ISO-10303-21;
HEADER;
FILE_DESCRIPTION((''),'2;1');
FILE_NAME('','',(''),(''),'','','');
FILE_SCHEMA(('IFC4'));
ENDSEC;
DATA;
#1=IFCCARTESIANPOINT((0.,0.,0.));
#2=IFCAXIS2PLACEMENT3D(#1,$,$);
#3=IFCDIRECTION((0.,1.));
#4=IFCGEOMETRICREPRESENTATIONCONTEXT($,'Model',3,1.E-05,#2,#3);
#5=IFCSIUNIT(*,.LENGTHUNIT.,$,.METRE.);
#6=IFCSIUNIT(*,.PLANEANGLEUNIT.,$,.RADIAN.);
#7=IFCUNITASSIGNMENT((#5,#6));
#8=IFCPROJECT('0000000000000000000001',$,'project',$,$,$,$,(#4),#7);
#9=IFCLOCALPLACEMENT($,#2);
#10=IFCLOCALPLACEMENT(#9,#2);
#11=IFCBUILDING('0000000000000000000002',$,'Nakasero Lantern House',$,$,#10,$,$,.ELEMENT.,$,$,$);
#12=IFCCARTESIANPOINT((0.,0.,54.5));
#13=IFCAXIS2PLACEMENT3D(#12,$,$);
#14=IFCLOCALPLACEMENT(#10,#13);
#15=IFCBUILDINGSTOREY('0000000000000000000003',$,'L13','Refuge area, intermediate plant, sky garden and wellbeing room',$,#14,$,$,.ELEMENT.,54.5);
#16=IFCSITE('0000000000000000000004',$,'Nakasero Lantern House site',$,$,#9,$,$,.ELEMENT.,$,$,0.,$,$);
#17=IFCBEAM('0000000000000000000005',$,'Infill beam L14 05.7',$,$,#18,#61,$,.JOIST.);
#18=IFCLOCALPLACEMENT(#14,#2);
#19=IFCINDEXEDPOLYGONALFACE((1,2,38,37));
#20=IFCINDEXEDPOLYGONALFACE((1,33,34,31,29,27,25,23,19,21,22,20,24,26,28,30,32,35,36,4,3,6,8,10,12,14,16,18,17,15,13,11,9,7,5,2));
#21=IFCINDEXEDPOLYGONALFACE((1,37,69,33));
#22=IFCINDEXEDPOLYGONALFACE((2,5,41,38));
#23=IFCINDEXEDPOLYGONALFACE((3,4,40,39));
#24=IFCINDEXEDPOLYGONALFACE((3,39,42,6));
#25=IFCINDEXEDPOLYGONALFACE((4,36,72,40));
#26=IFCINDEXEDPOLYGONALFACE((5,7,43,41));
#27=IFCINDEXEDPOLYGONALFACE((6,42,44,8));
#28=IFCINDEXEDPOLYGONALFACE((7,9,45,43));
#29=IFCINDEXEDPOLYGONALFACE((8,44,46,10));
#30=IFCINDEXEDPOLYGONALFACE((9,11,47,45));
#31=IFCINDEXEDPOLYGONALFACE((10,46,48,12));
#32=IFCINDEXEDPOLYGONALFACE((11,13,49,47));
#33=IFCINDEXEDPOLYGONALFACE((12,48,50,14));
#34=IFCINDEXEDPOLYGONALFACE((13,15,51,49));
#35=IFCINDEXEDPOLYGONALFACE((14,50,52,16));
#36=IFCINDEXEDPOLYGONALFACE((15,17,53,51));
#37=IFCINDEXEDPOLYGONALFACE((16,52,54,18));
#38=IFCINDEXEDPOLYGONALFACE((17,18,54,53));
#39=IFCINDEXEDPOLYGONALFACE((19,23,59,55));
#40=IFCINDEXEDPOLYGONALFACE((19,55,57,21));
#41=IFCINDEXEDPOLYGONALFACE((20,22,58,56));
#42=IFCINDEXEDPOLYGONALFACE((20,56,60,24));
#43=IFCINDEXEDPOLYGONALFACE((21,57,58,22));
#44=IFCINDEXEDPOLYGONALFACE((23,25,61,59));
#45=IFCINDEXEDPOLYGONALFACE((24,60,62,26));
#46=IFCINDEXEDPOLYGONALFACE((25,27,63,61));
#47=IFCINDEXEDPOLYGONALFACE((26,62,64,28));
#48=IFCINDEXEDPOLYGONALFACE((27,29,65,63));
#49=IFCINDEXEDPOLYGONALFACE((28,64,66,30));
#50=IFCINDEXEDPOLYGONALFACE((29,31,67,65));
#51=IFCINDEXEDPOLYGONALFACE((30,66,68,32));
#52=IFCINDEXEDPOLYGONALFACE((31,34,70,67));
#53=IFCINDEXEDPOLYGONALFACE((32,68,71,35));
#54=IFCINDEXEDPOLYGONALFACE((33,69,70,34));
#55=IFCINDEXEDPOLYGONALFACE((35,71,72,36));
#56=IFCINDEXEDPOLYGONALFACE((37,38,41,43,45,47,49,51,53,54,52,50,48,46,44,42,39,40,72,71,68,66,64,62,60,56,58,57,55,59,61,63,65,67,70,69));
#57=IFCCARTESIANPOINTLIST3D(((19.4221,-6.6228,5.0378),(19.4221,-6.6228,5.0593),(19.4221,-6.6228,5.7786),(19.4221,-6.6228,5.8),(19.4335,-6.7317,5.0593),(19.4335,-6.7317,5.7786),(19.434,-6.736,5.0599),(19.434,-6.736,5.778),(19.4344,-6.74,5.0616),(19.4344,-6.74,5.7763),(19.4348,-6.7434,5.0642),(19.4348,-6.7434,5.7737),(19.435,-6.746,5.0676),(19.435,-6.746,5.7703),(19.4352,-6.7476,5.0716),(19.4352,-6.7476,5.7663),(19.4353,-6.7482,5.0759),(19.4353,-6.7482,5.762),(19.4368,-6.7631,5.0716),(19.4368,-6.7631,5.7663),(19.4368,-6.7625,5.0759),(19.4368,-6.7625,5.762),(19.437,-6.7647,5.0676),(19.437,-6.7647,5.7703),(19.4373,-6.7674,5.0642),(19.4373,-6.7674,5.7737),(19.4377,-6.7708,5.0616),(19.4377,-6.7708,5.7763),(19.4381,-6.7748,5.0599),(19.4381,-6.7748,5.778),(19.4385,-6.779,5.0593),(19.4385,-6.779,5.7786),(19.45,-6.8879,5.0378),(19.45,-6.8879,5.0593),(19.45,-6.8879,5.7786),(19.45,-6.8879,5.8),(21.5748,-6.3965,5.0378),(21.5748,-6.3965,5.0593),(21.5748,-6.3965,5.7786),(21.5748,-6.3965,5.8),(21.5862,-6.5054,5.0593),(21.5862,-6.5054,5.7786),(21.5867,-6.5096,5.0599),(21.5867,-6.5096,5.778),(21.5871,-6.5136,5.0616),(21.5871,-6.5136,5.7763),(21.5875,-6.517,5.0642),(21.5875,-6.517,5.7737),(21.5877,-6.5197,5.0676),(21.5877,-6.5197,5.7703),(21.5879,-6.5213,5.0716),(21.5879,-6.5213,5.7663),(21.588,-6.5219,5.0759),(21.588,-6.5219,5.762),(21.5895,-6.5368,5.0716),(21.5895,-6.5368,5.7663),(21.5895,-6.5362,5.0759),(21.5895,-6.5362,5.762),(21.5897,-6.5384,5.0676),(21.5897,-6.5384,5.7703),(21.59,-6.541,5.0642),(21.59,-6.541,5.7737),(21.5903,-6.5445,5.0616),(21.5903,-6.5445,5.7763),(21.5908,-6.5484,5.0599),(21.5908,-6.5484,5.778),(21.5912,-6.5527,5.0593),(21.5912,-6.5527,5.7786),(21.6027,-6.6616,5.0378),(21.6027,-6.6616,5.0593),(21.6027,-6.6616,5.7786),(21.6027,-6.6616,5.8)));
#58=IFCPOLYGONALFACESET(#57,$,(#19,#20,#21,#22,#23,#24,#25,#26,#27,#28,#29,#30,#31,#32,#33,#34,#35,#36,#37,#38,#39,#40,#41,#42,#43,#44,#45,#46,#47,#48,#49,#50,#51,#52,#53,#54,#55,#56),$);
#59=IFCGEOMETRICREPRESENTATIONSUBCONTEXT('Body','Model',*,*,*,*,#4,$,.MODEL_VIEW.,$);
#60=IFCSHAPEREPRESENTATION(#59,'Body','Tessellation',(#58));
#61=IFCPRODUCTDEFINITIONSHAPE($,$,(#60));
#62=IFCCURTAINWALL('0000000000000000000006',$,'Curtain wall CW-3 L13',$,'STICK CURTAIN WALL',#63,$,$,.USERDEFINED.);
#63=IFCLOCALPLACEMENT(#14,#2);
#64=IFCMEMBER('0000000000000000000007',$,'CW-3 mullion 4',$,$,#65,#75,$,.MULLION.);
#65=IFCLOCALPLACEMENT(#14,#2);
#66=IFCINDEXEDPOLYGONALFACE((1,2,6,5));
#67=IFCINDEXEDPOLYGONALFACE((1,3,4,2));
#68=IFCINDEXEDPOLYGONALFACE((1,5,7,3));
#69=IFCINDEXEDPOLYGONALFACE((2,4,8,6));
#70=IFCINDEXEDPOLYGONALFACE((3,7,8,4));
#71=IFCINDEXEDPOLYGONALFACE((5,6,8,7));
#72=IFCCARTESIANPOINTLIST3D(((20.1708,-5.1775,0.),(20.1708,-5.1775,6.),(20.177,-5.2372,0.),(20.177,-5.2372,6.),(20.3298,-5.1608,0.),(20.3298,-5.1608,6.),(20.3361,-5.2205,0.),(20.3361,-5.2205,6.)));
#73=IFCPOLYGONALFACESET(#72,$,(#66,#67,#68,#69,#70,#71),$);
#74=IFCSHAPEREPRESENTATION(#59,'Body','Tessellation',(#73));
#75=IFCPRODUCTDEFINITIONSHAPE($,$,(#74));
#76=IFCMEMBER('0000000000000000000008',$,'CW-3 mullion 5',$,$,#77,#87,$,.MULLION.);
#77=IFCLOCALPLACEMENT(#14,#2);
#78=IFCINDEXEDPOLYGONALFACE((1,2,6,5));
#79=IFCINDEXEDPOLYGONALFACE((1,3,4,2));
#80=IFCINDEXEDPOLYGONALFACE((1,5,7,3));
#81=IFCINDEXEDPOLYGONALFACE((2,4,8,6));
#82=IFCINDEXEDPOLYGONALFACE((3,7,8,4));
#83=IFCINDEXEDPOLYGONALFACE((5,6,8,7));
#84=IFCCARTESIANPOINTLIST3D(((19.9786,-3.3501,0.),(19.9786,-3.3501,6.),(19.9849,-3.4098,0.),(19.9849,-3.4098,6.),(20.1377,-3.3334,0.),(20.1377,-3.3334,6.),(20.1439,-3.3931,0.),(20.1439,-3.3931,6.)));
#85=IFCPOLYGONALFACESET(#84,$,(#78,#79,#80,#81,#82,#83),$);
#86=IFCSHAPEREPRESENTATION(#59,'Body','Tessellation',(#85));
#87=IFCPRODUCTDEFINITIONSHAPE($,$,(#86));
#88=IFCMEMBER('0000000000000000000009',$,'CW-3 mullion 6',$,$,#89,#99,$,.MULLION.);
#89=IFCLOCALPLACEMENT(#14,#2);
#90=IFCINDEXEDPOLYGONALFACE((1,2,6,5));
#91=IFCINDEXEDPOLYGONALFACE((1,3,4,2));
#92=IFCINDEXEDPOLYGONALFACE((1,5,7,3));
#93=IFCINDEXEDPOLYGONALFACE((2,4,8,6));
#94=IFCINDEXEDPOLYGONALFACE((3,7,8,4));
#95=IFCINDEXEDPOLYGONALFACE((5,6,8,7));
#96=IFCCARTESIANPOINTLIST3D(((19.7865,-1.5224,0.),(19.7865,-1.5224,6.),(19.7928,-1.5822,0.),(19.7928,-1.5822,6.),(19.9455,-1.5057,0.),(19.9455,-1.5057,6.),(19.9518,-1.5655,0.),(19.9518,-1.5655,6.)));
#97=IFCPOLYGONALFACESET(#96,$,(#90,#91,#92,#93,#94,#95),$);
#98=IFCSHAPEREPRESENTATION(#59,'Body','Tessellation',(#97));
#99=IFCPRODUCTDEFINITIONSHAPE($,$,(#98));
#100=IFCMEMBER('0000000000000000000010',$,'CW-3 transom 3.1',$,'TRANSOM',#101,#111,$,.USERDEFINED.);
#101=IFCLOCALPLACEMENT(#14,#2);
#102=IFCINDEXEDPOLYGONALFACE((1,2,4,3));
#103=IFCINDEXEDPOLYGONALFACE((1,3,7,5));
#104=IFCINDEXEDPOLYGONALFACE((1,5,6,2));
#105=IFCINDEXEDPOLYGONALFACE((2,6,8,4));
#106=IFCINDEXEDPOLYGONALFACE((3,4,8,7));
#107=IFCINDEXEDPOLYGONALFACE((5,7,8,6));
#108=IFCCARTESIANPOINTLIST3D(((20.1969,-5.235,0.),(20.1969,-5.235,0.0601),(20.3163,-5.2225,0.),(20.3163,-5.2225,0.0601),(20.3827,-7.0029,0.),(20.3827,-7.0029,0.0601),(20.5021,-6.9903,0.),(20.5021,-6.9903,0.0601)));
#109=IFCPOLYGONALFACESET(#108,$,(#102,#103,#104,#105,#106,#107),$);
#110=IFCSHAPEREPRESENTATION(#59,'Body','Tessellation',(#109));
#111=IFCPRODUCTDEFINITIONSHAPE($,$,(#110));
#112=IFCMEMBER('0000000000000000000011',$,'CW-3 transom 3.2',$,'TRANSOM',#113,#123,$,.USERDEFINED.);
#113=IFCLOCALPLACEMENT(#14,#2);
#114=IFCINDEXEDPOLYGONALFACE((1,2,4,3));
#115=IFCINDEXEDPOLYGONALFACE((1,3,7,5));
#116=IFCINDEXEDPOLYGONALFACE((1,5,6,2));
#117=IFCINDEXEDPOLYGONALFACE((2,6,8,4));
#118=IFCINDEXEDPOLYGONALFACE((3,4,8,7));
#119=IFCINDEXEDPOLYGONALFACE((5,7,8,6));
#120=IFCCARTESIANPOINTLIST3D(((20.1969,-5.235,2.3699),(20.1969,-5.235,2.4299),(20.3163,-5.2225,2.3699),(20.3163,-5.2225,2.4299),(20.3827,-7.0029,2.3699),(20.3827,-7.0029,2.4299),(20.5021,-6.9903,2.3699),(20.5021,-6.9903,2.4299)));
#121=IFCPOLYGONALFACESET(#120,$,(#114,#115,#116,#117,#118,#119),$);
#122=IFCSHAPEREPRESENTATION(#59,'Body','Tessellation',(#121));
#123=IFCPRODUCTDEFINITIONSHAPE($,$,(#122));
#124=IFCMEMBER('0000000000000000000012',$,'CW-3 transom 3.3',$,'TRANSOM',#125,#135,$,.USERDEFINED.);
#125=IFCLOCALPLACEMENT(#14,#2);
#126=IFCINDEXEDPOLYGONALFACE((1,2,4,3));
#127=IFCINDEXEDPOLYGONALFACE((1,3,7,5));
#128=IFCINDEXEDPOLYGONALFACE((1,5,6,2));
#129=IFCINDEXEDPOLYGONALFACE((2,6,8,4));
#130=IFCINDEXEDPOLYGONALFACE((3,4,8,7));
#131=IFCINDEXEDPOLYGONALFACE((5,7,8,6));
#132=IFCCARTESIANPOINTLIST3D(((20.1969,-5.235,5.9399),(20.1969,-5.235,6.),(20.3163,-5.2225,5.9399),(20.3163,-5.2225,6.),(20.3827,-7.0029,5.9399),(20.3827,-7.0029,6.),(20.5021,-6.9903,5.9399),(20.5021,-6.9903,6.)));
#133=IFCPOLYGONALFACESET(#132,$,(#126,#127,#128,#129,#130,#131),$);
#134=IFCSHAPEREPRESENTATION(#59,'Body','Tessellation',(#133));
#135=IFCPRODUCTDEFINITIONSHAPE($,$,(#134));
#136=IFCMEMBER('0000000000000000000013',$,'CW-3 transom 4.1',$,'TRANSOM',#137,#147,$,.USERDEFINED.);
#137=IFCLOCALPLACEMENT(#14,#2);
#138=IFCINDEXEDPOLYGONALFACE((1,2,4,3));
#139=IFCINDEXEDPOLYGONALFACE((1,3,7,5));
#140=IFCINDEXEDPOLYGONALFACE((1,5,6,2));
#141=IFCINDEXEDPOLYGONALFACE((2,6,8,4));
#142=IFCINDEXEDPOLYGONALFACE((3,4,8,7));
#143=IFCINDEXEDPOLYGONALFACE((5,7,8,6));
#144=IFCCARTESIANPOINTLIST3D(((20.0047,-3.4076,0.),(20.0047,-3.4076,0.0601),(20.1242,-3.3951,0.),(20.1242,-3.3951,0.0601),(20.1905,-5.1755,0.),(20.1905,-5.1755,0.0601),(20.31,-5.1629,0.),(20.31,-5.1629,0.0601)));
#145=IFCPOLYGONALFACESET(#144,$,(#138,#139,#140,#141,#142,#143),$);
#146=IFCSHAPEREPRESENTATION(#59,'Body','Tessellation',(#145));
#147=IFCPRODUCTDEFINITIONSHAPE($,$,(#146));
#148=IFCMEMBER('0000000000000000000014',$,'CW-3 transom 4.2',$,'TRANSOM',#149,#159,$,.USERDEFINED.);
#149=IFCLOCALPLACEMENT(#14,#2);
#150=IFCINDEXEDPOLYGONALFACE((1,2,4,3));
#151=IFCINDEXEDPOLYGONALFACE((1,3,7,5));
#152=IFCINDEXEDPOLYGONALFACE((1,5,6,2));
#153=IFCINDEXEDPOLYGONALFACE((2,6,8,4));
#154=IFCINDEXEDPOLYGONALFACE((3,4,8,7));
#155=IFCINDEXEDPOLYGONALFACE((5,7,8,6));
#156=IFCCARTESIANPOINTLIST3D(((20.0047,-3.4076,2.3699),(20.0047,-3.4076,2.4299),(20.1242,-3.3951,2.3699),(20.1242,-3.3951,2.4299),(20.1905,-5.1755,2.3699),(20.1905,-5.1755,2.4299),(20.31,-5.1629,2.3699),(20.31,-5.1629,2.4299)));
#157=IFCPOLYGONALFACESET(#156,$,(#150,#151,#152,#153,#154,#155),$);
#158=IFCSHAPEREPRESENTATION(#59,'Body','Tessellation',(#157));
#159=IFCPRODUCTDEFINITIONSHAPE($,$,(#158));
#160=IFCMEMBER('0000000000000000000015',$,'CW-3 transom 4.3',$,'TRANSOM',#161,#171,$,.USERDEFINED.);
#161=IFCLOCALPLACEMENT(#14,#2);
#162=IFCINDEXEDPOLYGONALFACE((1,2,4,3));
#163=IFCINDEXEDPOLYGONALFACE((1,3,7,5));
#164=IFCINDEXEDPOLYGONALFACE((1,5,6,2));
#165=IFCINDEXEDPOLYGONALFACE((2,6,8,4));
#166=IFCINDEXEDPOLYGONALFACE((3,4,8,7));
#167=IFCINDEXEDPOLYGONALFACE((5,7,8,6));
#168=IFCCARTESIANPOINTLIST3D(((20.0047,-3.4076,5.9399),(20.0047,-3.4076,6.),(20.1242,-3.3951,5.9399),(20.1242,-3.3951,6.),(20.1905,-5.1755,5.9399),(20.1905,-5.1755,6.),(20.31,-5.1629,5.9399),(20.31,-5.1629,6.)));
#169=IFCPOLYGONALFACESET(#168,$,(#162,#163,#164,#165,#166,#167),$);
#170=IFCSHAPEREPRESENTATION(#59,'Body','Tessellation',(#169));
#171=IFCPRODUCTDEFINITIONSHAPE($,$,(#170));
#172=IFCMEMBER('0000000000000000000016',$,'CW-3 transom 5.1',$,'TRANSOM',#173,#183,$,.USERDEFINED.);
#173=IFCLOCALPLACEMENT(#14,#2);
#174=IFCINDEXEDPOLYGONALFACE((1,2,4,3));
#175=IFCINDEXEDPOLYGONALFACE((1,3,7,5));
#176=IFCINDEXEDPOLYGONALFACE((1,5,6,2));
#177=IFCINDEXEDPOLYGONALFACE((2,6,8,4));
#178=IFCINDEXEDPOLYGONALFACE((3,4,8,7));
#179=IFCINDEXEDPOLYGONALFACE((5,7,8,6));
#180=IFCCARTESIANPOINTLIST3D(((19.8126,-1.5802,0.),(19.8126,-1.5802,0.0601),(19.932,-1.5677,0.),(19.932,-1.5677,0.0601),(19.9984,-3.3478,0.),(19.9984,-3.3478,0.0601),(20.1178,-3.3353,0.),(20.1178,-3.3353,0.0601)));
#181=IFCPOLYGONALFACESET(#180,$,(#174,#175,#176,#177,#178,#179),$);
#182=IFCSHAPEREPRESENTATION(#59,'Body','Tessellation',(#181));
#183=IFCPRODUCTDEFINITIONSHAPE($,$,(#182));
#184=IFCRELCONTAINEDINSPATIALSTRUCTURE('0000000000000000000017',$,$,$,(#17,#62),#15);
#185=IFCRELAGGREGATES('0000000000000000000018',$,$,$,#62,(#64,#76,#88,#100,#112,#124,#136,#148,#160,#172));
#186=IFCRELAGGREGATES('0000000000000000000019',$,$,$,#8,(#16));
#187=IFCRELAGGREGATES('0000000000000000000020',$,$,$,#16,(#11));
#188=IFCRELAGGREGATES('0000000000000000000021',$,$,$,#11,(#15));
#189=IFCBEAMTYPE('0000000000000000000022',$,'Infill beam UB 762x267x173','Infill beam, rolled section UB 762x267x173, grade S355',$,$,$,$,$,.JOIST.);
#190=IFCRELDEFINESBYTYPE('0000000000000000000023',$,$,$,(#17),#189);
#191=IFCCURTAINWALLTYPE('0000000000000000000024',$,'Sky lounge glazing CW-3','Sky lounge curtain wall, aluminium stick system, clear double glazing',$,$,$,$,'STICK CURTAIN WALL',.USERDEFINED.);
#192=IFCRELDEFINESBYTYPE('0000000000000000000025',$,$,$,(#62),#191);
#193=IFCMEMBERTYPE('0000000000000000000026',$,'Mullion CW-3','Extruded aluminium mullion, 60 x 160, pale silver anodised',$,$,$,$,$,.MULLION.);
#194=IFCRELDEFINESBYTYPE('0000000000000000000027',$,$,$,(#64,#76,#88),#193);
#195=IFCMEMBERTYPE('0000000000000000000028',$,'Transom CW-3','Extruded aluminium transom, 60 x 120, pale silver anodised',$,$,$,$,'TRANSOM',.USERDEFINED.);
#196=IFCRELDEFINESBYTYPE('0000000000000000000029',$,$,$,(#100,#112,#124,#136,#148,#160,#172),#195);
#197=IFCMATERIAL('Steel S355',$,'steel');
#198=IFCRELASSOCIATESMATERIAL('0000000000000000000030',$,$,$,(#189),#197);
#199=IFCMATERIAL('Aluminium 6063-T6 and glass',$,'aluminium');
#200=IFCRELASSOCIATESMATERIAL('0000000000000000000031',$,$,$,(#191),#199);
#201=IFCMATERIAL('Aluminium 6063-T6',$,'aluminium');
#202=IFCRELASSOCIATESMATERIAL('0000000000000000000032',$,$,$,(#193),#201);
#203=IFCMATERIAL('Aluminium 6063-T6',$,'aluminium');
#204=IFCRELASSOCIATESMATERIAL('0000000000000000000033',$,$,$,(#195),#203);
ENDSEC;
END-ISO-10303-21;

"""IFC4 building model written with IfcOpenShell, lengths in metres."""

from ifc_helpers import new_model, si_unit, direction, frame, origin, origin_2d, place, context, subcontext, project, spatial, rectangle, i_section, extrude, material, material_profile, profile_set, type_object, element, aggregate, save


model = new_model("IFC4")

# Units and contexts
model_context = context("Model", 3, precision=1e-05, world=origin(), true_north=direction((0.0, 1.0)))
body_context = subcontext(model_context, "Body", "Model", "MODEL_VIEW")
ifc_project = project(units=[si_unit("LENGTHUNIT", "METRE"), si_unit("PLANEANGLEUNIT", "RADIAN")], contexts=[model_context])

# Site, building, storey
site_placement = place(None, origin())
site = spatial("IfcSite", under=ifc_project, at=site_placement, Name="Nakasero Lantern House site", CompositionType="ELEMENT", RefElevation=0.0)
building_placement = place(site_placement, origin())
building = spatial("IfcBuilding", under=site, at=building_placement, Name="Nakasero Lantern House", CompositionType="ELEMENT")
storey_placement = place(building_placement, frame((0.0, 0.0, 54.5)))
storey = spatial("IfcBuildingStorey", under=building, at=storey_placement, Name="L13", Description="Refuge area, intermediate plant, sky garden and wellbeing room", CompositionType="ELEMENT", Elevation=54.5)

# Beam
ifc_material_1 = material(Name="Steel S355", Category="steel")
ifc_material_profile_1 = material_profile(ifc_material_1, i_section(OverallWidth=0.2666, OverallDepth=0.7622, WebThickness=0.0144, FlangeThickness=0.0215, FilletRadius=0.0166, at=origin_2d()), Name="UB 762x267x173")
ifc_profile_set_1 = profile_set([ifc_material_profile_1], Name="Steel S355")
beam_type = type_object("IfcBeamType", Name="Infill beam UB 762x267x173", Description="Infill beam, rolled section UB 762x267x173, grade S355", PredefinedType="JOIST", material=ifc_profile_set_1)
beam_placement = place(storey_placement, frame((19.436, -6.7554, 5.4189), z_axis=(0.994518, 0.104561, 0.0), x_axis=(-0.104561, 0.994518, 0.0)))
element("IfcBeam", 1, at=beam_placement, inside=storey, type_object=beam_type, Name="Infill beam L14 05.7", PredefinedType="JOIST", context=body_context, shape_type="SweptSolid", body=[
    extrude(i_section(OverallWidth=0.2666, OverallDepth=0.7622, WebThickness=0.0144, FlangeThickness=0.0215, FilletRadius=0.0166, at=origin_2d()), origin(), (0.0, 0.0, 1.0), 2.1646),
])

# Curtain wall, members
ifc_material_2 = material(Name="Aluminium 6063-T6 and glass", Category="aluminium")
curtain_wall_type = type_object("IfcCurtainWallType", Name="Sky lounge glazing CW-3", Description="Sky lounge curtain wall, aluminium stick system, clear double glazing", ElementType="STICK CURTAIN WALL", PredefinedType="USERDEFINED", material=ifc_material_2)
curtain_wall_placement = place(storey_placement, origin())
curtain_wall = element("IfcCurtainWall", 2, at=curtain_wall_placement, inside=storey, type_object=curtain_wall_type, Name="Curtain wall CW-3 L13", ObjectType="STICK CURTAIN WALL", PredefinedType="USERDEFINED")
ifc_material_3 = material(Name="Aluminium 6063-T6", Category="aluminium")
ifc_material_profile_2 = material_profile(ifc_material_3, rectangle(XDim=0.0601, YDim=0.1599, at=origin_2d()), Name="CW-3 mullion 60x160")
ifc_profile_set_2 = profile_set([ifc_material_profile_2], Name="Aluminium 6063-T6")
member_type_1 = type_object("IfcMemberType", Name="Mullion CW-3", Description="Extruded aluminium mullion, 60 x 160, pale silver anodised", PredefinedType="MULLION", material=ifc_profile_set_2)
member_1_placement = place(storey_placement, frame((20.2534, -5.199, 0.0), z_axis=(0.0, 0.0, 1.0), x_axis=(-0.104528, 0.994522, 0.0)))
member_1 = element("IfcMember", 3, at=member_1_placement, type_object=member_type_1, Name="CW-3 mullion 4", PredefinedType="MULLION", context=body_context, shape_type="SweptSolid", body=[
    extrude(rectangle(XDim=0.0601, YDim=0.1599, at=origin_2d()), origin(), (0.0, 0.0, 1.0), 6.0),
])
member_2_placement = place(storey_placement, frame((20.0613, -3.3716, 0.0), z_axis=(0.0, 0.0, 1.0), x_axis=(-0.104528, 0.994522, 0.0)))
member_2 = element("IfcMember", 4, at=member_2_placement, type_object=member_type_1, Name="CW-3 mullion 5", PredefinedType="MULLION", context=body_context, shape_type="SweptSolid", body=[
    extrude(rectangle(XDim=0.0601, YDim=0.1599, at=origin_2d()), origin(), (0.0, 0.0, 1.0), 6.0),
])
member_3_placement = place(storey_placement, frame((19.8691, -1.5439, 0.0), z_axis=(0.0, 0.0, 1.0), x_axis=(-0.104528, 0.994522, 0.0)))
member_3 = element("IfcMember", 5, at=member_3_placement, type_object=member_type_1, Name="CW-3 mullion 6", PredefinedType="MULLION", context=body_context, shape_type="SweptSolid", body=[
    extrude(rectangle(XDim=0.0601, YDim=0.1599, at=origin_2d()), origin(), (0.0, 0.0, 1.0), 6.0),
])
ifc_material_4 = material(Name="Aluminium 6063-T6", Category="aluminium")
ifc_material_profile_3 = material_profile(ifc_material_4, rectangle(XDim=0.0601, YDim=0.1201, at=origin_2d()), Name="CW-3 transom 60x120")
ifc_profile_set_3 = profile_set([ifc_material_profile_3], Name="Aluminium 6063-T6")
member_type_2 = type_object("IfcMemberType", Name="Transom CW-3", Description="Extruded aluminium transom, 60 x 120, pale silver anodised", ElementType="TRANSOM", PredefinedType="USERDEFINED", material=ifc_profile_set_3)
member_4_placement = place(storey_placement, frame((20.4424, -6.9966, 0.03), z_axis=(-0.10452, 0.994523, 0.0), x_axis=(0.0, 0.0, 1.0)))
member_4 = element("IfcMember", 6, at=member_4_placement, type_object=member_type_2, Name="CW-3 transom 3.1", ObjectType="TRANSOM", PredefinedType="USERDEFINED", context=body_context, shape_type="SweptSolid", body=[
    extrude(rectangle(XDim=0.0601, YDim=0.1201, at=origin_2d()), origin(), (0.0, 0.0, 1.0), 1.7776),
])
member_5_placement = place(storey_placement, frame((20.4424, -6.9966, 2.3999), z_axis=(-0.10452, 0.994523, 0.0), x_axis=(0.0, 0.0, 1.0)))
member_5 = element("IfcMember", 7, at=member_5_placement, type_object=member_type_2, Name="CW-3 transom 3.2", ObjectType="TRANSOM", PredefinedType="USERDEFINED", context=body_context, shape_type="SweptSolid", body=[
    extrude(rectangle(XDim=0.0601, YDim=0.1201, at=origin_2d()), origin(), (0.0, 0.0, 1.0), 1.7776),
])
member_6_placement = place(storey_placement, frame((20.4424, -6.9966, 5.97), z_axis=(-0.10452, 0.994523, 0.0), x_axis=(0.0, 0.0, 1.0)))
member_6 = element("IfcMember", 8, at=member_6_placement, type_object=member_type_2, Name="CW-3 transom 3.3", ObjectType="TRANSOM", PredefinedType="USERDEFINED", context=body_context, shape_type="SweptSolid", body=[
    extrude(rectangle(XDim=0.0601, YDim=0.1201, at=origin_2d()), origin(), (0.0, 0.0, 1.0), 1.7776),
])
member_7_placement = place(storey_placement, frame((20.2502, -5.1692, 0.03), z_axis=(-0.10452, 0.994523, 0.0), x_axis=(0.0, 0.0, 1.0)))
member_7 = element("IfcMember", 9, at=member_7_placement, type_object=member_type_2, Name="CW-3 transom 4.1", ObjectType="TRANSOM", PredefinedType="USERDEFINED", context=body_context, shape_type="SweptSolid", body=[
    extrude(rectangle(XDim=0.0601, YDim=0.1201, at=origin_2d()), origin(), (0.0, 0.0, 1.0), 1.7776),
])
member_8_placement = place(storey_placement, frame((20.2502, -5.1692, 2.3999), z_axis=(-0.10452, 0.994523, 0.0), x_axis=(0.0, 0.0, 1.0)))
member_8 = element("IfcMember", 10, at=member_8_placement, type_object=member_type_2, Name="CW-3 transom 4.2", ObjectType="TRANSOM", PredefinedType="USERDEFINED", context=body_context, shape_type="SweptSolid", body=[
    extrude(rectangle(XDim=0.0601, YDim=0.1201, at=origin_2d()), origin(), (0.0, 0.0, 1.0), 1.7776),
])
member_9_placement = place(storey_placement, frame((20.2502, -5.1692, 5.97), z_axis=(-0.10452, 0.994523, 0.0), x_axis=(0.0, 0.0, 1.0)))
member_9 = element("IfcMember", 11, at=member_9_placement, type_object=member_type_2, Name="CW-3 transom 4.3", ObjectType="TRANSOM", PredefinedType="USERDEFINED", context=body_context, shape_type="SweptSolid", body=[
    extrude(rectangle(XDim=0.0601, YDim=0.1201, at=origin_2d()), origin(), (0.0, 0.0, 1.0), 1.7776),
])
member_10_placement = place(storey_placement, frame((20.0581, -3.3416, 0.03), z_axis=(-0.104535, 0.994521, 0.0), x_axis=(0.0, 0.0, 1.0)))
member_10 = element("IfcMember", 12, at=member_10_placement, type_object=member_type_2, Name="CW-3 transom 5.1", ObjectType="TRANSOM", PredefinedType="USERDEFINED", context=body_context, shape_type="SweptSolid", body=[
    extrude(rectangle(XDim=0.0601, YDim=0.1201, at=origin_2d()), origin(), (0.0, 0.0, 1.0), 1.7773),
])
aggregate(curtain_wall, [member_1, member_2, member_3, member_4, member_5, member_6, member_7, member_8, member_9, member_10])

save(model, "model.ifc")
